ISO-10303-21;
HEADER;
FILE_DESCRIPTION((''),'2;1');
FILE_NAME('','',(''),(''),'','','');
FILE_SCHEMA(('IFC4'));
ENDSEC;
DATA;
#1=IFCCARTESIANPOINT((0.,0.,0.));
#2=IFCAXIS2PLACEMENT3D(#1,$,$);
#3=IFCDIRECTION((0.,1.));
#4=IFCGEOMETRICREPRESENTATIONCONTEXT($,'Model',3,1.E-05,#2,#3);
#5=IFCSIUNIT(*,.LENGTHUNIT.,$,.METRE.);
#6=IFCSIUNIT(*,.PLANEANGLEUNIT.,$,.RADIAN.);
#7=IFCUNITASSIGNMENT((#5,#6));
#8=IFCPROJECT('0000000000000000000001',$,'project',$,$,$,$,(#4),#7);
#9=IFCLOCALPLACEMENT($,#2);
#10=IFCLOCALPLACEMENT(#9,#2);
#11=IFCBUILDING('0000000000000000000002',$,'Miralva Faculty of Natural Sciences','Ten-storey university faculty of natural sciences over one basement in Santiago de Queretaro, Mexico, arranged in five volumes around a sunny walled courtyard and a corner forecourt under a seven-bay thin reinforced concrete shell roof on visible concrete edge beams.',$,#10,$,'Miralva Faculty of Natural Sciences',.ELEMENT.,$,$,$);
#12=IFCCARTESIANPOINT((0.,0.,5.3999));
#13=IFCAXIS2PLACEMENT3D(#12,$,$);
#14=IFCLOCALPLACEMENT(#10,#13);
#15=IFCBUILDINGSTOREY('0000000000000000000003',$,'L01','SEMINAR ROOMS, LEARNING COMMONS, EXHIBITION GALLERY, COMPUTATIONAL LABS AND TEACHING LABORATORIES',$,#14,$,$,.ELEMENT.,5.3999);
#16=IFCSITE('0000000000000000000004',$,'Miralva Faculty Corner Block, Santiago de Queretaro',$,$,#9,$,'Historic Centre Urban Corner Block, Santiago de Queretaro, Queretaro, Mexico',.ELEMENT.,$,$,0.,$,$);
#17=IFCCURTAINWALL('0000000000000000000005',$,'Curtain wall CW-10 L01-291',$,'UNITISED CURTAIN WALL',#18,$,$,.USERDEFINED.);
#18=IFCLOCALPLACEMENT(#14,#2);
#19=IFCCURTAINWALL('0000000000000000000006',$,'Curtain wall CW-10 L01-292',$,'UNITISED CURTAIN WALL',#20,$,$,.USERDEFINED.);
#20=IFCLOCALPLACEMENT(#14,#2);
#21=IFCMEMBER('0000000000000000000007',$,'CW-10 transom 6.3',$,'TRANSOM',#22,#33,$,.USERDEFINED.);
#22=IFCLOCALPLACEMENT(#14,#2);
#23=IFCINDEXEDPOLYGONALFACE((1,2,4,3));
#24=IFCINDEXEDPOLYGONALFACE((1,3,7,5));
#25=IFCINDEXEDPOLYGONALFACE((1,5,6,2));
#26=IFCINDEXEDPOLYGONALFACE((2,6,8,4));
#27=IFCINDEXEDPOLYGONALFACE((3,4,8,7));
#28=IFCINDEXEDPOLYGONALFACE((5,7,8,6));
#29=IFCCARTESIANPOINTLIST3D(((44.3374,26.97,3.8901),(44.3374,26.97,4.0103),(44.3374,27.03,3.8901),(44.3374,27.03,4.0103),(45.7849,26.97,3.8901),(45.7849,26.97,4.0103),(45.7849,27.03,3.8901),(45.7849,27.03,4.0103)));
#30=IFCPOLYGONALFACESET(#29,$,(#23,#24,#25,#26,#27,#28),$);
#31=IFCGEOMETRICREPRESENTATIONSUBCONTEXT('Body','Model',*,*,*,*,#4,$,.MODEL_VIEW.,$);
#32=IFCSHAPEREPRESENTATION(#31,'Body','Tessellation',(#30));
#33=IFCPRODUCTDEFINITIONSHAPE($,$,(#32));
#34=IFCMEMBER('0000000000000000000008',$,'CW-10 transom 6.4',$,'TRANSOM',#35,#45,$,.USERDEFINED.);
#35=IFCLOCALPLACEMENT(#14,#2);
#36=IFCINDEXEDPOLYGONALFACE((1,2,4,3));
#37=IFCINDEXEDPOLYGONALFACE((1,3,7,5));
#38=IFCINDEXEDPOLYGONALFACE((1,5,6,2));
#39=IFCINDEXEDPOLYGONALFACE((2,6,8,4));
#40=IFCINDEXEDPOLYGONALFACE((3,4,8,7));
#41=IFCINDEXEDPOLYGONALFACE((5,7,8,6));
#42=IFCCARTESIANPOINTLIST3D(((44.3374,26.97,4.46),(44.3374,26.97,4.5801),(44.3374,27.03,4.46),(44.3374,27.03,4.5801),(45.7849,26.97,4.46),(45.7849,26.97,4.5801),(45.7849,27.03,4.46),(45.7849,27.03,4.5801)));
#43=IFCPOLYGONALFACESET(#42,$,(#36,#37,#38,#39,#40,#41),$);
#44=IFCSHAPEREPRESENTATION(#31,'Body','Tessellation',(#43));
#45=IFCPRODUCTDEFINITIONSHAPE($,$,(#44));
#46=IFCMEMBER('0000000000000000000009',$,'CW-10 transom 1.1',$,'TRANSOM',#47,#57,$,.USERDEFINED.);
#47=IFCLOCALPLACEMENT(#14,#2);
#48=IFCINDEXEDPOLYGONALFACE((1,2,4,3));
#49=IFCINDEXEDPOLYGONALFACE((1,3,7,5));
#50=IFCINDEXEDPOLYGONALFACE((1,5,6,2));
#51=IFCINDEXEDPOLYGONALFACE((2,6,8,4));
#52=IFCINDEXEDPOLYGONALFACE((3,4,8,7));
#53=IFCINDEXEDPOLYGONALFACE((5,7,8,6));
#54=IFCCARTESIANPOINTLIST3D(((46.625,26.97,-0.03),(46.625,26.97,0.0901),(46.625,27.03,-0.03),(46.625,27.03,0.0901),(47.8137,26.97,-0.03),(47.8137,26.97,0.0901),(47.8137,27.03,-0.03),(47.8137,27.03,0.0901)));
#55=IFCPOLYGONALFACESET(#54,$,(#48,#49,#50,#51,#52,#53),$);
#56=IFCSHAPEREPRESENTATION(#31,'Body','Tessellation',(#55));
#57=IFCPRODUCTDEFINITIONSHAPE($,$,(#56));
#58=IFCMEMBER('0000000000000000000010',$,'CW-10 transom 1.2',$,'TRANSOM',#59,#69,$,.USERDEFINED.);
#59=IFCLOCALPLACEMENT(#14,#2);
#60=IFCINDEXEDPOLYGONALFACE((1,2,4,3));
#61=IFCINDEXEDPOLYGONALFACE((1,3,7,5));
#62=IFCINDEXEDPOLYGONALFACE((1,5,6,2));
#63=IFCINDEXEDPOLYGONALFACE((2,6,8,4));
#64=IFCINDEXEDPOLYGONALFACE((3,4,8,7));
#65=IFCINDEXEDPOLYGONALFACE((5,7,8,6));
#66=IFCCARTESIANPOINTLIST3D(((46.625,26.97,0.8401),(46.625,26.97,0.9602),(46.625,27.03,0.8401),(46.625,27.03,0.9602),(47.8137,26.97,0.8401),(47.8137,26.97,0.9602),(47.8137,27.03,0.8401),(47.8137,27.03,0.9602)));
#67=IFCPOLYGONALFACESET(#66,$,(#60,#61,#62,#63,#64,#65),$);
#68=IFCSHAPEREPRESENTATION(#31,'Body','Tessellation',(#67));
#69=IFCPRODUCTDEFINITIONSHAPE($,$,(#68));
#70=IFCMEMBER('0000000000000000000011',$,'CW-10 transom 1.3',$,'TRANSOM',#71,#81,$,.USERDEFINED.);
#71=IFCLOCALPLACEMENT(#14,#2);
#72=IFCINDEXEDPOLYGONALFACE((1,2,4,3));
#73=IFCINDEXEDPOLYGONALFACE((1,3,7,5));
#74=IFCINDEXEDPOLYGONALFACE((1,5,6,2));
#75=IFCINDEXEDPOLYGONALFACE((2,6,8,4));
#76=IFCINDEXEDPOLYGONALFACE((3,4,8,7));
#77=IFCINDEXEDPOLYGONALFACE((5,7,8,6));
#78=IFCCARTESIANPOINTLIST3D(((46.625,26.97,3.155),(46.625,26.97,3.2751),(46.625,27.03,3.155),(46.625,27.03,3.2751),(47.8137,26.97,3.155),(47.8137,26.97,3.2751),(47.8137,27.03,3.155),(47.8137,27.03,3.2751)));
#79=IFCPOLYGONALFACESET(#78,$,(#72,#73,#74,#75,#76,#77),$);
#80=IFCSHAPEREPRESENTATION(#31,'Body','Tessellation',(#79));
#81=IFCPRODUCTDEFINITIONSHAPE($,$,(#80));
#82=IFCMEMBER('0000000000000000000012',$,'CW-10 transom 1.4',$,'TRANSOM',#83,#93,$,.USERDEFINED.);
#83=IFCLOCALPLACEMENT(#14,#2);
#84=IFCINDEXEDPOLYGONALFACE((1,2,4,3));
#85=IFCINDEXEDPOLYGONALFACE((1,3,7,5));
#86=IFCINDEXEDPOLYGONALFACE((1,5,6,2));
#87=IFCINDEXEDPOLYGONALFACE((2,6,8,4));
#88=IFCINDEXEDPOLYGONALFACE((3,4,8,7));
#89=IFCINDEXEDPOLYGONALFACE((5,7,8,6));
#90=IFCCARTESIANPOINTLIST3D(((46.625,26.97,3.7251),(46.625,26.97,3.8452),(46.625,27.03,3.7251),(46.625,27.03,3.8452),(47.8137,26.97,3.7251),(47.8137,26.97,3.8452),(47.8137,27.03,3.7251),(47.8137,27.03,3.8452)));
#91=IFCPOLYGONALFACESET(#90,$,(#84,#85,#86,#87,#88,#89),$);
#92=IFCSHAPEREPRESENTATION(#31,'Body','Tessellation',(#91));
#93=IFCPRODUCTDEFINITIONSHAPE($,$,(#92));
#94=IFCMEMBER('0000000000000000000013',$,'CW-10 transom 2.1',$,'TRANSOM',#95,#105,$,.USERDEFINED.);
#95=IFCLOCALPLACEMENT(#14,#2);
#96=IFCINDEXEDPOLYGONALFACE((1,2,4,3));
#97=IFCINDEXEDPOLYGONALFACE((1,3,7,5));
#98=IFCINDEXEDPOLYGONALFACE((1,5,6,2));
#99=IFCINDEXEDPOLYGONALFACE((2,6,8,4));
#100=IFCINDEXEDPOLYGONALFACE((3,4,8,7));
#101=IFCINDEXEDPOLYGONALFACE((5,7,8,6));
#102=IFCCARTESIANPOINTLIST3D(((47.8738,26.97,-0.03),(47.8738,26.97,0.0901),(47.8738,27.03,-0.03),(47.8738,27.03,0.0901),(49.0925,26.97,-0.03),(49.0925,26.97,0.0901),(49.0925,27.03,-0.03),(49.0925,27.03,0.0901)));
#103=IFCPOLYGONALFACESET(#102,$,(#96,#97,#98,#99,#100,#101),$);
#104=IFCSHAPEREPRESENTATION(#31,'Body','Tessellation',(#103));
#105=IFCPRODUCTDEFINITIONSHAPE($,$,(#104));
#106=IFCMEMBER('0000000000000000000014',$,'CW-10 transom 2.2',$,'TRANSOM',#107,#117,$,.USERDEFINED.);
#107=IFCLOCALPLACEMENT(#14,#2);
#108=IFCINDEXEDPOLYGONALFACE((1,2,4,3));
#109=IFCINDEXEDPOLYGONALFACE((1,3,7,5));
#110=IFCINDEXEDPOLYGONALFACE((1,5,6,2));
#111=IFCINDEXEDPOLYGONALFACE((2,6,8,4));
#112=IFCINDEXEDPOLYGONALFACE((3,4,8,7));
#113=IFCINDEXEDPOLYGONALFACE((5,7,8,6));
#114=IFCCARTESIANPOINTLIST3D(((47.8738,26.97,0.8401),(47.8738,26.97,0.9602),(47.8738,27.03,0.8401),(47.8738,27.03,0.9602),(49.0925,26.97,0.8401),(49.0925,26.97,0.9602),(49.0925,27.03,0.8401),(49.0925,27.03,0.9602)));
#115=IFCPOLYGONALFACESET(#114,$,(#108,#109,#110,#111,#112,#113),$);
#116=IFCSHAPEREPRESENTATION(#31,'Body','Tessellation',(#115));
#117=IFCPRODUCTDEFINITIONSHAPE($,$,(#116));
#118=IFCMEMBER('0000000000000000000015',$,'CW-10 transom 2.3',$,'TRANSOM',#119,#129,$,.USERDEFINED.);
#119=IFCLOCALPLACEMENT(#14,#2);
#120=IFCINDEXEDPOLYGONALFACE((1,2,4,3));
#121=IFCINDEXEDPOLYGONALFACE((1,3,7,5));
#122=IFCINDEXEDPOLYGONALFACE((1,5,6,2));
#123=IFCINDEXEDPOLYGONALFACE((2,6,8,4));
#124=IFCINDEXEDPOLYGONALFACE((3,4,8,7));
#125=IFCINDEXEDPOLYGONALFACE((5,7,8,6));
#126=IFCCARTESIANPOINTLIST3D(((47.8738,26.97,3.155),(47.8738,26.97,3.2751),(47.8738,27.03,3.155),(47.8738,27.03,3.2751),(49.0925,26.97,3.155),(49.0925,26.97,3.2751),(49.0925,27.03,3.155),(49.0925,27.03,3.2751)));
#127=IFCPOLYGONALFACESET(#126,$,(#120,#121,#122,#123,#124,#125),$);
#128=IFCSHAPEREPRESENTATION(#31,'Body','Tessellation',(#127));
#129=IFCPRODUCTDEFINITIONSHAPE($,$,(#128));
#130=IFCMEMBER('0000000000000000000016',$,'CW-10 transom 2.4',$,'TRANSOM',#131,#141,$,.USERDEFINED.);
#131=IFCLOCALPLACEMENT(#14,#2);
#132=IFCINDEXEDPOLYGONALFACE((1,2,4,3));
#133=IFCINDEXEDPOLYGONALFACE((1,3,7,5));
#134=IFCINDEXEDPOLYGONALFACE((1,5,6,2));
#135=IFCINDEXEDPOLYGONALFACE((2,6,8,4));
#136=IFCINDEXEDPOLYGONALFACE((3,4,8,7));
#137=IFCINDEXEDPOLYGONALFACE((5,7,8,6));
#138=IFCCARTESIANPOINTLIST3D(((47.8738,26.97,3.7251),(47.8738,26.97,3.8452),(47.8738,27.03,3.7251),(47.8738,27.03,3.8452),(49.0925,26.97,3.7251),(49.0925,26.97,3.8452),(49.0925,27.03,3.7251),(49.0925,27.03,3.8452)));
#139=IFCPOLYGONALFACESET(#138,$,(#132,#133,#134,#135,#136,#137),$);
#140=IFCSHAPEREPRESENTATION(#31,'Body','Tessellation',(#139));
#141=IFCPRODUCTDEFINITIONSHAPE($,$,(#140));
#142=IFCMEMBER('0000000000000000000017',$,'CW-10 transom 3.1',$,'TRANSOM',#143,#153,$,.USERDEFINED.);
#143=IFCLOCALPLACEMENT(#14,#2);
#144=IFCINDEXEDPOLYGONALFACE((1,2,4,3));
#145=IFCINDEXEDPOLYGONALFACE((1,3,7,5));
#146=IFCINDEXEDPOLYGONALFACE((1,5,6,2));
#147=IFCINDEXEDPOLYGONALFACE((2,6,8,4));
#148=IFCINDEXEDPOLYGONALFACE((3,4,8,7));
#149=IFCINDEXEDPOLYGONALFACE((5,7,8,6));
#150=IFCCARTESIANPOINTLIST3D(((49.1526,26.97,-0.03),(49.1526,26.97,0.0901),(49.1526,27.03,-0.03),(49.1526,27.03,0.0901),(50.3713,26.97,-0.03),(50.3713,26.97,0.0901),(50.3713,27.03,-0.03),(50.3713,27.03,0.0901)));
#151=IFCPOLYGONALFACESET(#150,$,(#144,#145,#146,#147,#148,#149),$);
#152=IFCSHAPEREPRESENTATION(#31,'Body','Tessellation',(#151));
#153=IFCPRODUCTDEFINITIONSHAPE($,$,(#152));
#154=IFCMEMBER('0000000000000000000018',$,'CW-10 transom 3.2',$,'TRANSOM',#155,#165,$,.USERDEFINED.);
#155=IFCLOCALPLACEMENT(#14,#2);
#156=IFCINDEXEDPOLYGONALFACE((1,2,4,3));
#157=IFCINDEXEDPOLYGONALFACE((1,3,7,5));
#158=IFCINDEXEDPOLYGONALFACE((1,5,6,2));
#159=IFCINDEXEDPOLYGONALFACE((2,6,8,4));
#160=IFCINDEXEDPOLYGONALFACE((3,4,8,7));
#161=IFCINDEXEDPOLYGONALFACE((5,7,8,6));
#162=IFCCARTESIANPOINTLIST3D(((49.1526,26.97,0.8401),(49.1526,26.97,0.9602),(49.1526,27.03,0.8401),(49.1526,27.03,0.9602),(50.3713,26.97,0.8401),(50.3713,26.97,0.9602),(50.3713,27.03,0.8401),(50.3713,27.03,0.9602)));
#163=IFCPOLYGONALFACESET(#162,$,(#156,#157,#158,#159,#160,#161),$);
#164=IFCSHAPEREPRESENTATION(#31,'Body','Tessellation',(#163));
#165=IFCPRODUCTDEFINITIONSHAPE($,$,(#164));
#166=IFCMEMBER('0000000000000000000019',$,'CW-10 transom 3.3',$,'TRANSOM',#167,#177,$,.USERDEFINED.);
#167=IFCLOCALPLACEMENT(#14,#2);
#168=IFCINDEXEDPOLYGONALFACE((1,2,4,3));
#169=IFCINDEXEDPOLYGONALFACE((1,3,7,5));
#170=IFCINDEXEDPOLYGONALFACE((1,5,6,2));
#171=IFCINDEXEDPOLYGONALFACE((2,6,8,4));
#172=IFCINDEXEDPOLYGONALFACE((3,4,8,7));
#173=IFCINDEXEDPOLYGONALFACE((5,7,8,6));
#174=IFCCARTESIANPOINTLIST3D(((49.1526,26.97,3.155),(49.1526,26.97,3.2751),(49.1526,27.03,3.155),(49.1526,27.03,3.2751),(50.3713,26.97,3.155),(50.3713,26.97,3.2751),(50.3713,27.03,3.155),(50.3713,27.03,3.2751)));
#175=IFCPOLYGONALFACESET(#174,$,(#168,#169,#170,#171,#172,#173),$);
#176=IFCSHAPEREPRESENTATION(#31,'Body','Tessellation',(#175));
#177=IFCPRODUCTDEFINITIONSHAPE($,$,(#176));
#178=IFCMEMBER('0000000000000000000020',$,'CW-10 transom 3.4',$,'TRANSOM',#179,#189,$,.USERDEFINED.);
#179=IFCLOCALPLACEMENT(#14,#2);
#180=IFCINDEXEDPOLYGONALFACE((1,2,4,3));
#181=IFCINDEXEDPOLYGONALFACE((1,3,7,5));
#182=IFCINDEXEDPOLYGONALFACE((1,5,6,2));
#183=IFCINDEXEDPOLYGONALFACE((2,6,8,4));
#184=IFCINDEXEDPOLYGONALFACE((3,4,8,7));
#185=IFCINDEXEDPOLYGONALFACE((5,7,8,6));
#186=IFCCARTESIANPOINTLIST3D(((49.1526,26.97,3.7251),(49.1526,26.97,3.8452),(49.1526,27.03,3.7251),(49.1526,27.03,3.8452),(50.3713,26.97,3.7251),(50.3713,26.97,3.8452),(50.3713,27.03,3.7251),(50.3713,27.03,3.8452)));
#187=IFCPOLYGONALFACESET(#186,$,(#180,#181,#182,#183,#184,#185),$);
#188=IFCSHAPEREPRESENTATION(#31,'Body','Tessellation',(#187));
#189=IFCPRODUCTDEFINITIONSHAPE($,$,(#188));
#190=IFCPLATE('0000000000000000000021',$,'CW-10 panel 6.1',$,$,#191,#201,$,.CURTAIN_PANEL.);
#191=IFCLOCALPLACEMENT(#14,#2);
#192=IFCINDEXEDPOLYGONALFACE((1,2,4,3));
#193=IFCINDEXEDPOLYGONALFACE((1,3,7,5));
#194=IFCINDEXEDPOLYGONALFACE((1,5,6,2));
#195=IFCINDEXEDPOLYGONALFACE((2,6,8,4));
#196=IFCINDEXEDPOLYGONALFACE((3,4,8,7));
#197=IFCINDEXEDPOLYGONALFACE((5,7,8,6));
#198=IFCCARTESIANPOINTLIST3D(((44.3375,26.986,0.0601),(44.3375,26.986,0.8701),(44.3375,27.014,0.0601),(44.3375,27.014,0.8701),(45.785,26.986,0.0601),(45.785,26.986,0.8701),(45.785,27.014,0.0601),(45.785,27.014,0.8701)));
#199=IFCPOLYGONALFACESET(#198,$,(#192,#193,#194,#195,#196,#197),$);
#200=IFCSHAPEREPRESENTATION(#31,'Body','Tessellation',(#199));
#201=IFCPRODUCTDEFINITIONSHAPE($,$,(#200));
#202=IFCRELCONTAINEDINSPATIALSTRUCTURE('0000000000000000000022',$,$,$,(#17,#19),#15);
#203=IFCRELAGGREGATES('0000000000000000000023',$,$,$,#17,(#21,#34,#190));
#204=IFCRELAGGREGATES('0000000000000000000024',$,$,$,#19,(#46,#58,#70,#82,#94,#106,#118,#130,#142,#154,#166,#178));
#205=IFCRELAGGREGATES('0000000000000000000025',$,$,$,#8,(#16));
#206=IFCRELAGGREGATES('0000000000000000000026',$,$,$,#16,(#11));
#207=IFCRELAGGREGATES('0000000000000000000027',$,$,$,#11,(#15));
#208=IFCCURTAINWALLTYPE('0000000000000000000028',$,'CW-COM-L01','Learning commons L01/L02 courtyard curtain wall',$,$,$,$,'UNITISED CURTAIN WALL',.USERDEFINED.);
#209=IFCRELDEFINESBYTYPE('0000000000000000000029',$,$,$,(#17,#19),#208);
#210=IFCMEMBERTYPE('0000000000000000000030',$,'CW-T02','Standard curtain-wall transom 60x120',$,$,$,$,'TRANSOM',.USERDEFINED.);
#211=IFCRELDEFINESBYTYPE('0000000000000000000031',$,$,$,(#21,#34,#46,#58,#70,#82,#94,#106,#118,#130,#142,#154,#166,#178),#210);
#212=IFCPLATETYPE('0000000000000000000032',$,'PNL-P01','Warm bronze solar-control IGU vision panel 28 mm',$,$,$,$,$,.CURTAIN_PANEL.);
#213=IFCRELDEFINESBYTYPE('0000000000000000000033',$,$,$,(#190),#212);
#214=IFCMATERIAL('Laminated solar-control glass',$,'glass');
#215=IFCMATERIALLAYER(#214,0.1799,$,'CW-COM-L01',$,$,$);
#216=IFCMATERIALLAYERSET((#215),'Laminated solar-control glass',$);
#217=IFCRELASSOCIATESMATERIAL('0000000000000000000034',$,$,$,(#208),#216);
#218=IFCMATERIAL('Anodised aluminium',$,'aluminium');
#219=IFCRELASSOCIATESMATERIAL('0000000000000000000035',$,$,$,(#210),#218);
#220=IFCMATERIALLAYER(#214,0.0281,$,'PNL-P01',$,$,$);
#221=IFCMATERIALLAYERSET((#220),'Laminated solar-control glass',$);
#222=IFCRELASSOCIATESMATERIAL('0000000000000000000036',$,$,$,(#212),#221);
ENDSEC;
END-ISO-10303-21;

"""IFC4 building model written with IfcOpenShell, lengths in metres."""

from ifc_helpers import new_model, si_unit, direction, frame, origin, origin_2d, place, context, subcontext, project, spatial, rectangle, extrude, material, layer, layer_set, material_profile, profile_set, type_object, element, aggregate, save


model = new_model("IFC4")

# Units and contexts
model_context = context("Model", 3, precision=1e-05, world=origin(), true_north=direction((0.0, 1.0)))
body_context = subcontext(model_context, "Body", "Model", "MODEL_VIEW")
ifc_project = project(units=[si_unit("LENGTHUNIT", "METRE"), si_unit("PLANEANGLEUNIT", "RADIAN")], contexts=[model_context])

# Site, building, storey
site_placement = place(None, origin())
site = spatial("IfcSite", under=ifc_project, at=site_placement, Name="Miralva Faculty Corner Block, Santiago de Queretaro", LongName="Historic Centre Urban Corner Block, Santiago de Queretaro, Queretaro, Mexico", CompositionType="ELEMENT", RefElevation=0.0)
building_placement = place(site_placement, origin())
building = spatial("IfcBuilding", under=site, at=building_placement, Name="Miralva Faculty of Natural Sciences", Description="Ten-storey university faculty of natural sciences over one basement in Santiago de Queretaro, Mexico, arranged in five volumes around a sunny walled courtyard and a corner forecourt under a seven-bay thin reinforced concrete shell roof on visible concrete edge beams.", LongName="Miralva Faculty of Natural Sciences", CompositionType="ELEMENT")
storey_placement = place(building_placement, frame((0.0, 0.0, 5.3999)))
storey = spatial("IfcBuildingStorey", under=building, at=storey_placement, Name="L01", Description="SEMINAR ROOMS, LEARNING COMMONS, EXHIBITION GALLERY, COMPUTATIONAL LABS AND TEACHING LABORATORIES", CompositionType="ELEMENT", Elevation=5.3999)

# Curtain wall
ifc_material_1 = material(Name="Laminated solar-control glass", Category="glass")
ifc_layer_1 = layer(ifc_material_1, 0.1799, Name="CW-COM-L01")
ifc_layer_set_1 = layer_set([ifc_layer_1], Name="Laminated solar-control glass")
curtain_wall_type = type_object("IfcCurtainWallType", Name="CW-COM-L01", Description="Learning commons L01/L02 courtyard curtain wall", ElementType="UNITISED CURTAIN WALL", PredefinedType="USERDEFINED", material=ifc_layer_set_1)
curtain_wall_1_placement = place(storey_placement, origin())
curtain_wall_1 = element("IfcCurtainWall", 1, at=curtain_wall_1_placement, inside=storey, type_object=curtain_wall_type, Name="Curtain wall CW-10 L01-291", ObjectType="UNITISED CURTAIN WALL", PredefinedType="USERDEFINED")
ifc_material_2 = material(Name="Anodised aluminium", Category="aluminium")

# Curtain wall
curtain_wall_2_placement = place(storey_placement, origin())
curtain_wall_2 = element("IfcCurtainWall", 2, at=curtain_wall_2_placement, inside=storey, type_object=curtain_wall_type, Name="Curtain wall CW-10 L01-292", ObjectType="UNITISED CURTAIN WALL", PredefinedType="USERDEFINED")

# Shared definitions
ifc_material_profile_1 = material_profile(ifc_material_2, rectangle(XDim=0.0601, YDim=0.1201, at=origin_2d()), Name="TRANSOM 60x120")
ifc_profile_set_1 = profile_set([ifc_material_profile_1], Name="Anodised aluminium")
member_type_1 = type_object("IfcMemberType", Name="CW-T02", Description="Standard curtain-wall transom 60x120", ElementType="TRANSOM", PredefinedType="USERDEFINED", material=ifc_profile_set_1)

# Members
member_1_placement = place(storey_placement, frame((44.3374, 27.0, 3.9502), z_axis=(1.0, 0.0, 0.0), x_axis=(0.0, 1.0, 0.0)))
member_1 = element("IfcMember", 3, at=member_1_placement, type_object=member_type_1, Name="CW-10 transom 6.3", ObjectType="TRANSOM", PredefinedType="USERDEFINED", context=body_context, shape_type="SweptSolid", body=[
    extrude(rectangle(XDim=0.0601, YDim=0.1201, at=origin_2d()), origin(), (0.0, 0.0, 1.0), 1.4475),
])
member_2_placement = place(storey_placement, frame((44.3374, 27.0, 4.52), z_axis=(1.0, 0.0, 0.0), x_axis=(0.0, 1.0, 0.0)))
member_2 = element("IfcMember", 4, at=member_2_placement, type_object=member_type_1, Name="CW-10 transom 6.4", ObjectType="TRANSOM", PredefinedType="USERDEFINED", context=body_context, shape_type="SweptSolid", body=[
    extrude(rectangle(XDim=0.0601, YDim=0.1201, at=origin_2d()), origin(), (0.0, 0.0, 1.0), 1.4475),
])
member_3_placement = place(storey_placement, frame((46.625, 27.0, 0.03), z_axis=(1.0, 0.0, 0.0), x_axis=(0.0, 1.0, 0.0)))
member_3 = element("IfcMember", 5, at=member_3_placement, type_object=member_type_1, Name="CW-10 transom 1.1", ObjectType="TRANSOM", PredefinedType="USERDEFINED", context=body_context, shape_type="SweptSolid", body=[
    extrude(rectangle(XDim=0.0601, YDim=0.1201, at=origin_2d()), origin(), (0.0, 0.0, 1.0), 1.1887),
])
member_4_placement = place(storey_placement, frame((46.625, 27.0, 0.9001), z_axis=(1.0, 0.0, 0.0), x_axis=(0.0, 1.0, 0.0)))
member_4 = element("IfcMember", 6, at=member_4_placement, type_object=member_type_1, Name="CW-10 transom 1.2", ObjectType="TRANSOM", PredefinedType="USERDEFINED", context=body_context, shape_type="SweptSolid", body=[
    extrude(rectangle(XDim=0.0601, YDim=0.1201, at=origin_2d()), origin(), (0.0, 0.0, 1.0), 1.1887),
])
member_5_placement = place(storey_placement, frame((46.625, 27.0, 3.2151), z_axis=(1.0, 0.0, 0.0), x_axis=(0.0, 1.0, 0.0)))
member_5 = element("IfcMember", 7, at=member_5_placement, type_object=member_type_1, Name="CW-10 transom 1.3", ObjectType="TRANSOM", PredefinedType="USERDEFINED", context=body_context, shape_type="SweptSolid", body=[
    extrude(rectangle(XDim=0.0601, YDim=0.1201, at=origin_2d()), origin(), (0.0, 0.0, 1.0), 1.1887),
])
member_6_placement = place(storey_placement, frame((46.625, 27.0, 3.7852), z_axis=(1.0, 0.0, 0.0), x_axis=(0.0, 1.0, 0.0)))
member_6 = element("IfcMember", 8, at=member_6_placement, type_object=member_type_1, Name="CW-10 transom 1.4", ObjectType="TRANSOM", PredefinedType="USERDEFINED", context=body_context, shape_type="SweptSolid", body=[
    extrude(rectangle(XDim=0.0601, YDim=0.1201, at=origin_2d()), origin(), (0.0, 0.0, 1.0), 1.1887),
])
member_7_placement = place(storey_placement, frame((47.8738, 27.0, 0.03), z_axis=(1.0, 0.0, 0.0), x_axis=(0.0, 1.0, 0.0)))
member_7 = element("IfcMember", 9, at=member_7_placement, type_object=member_type_1, Name="CW-10 transom 2.1", ObjectType="TRANSOM", PredefinedType="USERDEFINED", context=body_context, shape_type="SweptSolid", body=[
    extrude(rectangle(XDim=0.0601, YDim=0.1201, at=origin_2d()), origin(), (0.0, 0.0, 1.0), 1.2188),
])
member_8_placement = place(storey_placement, frame((47.8738, 27.0, 0.9001), z_axis=(1.0, 0.0, 0.0), x_axis=(0.0, 1.0, 0.0)))
member_8 = element("IfcMember", 10, at=member_8_placement, type_object=member_type_1, Name="CW-10 transom 2.2", ObjectType="TRANSOM", PredefinedType="USERDEFINED", context=body_context, shape_type="SweptSolid", body=[
    extrude(rectangle(XDim=0.0601, YDim=0.1201, at=origin_2d()), origin(), (0.0, 0.0, 1.0), 1.2188),
])
member_9_placement = place(storey_placement, frame((47.8738, 27.0, 3.2151), z_axis=(1.0, 0.0, 0.0), x_axis=(0.0, 1.0, 0.0)))
member_9 = element("IfcMember", 11, at=member_9_placement, type_object=member_type_1, Name="CW-10 transom 2.3", ObjectType="TRANSOM", PredefinedType="USERDEFINED", context=body_context, shape_type="SweptSolid", body=[
    extrude(rectangle(XDim=0.0601, YDim=0.1201, at=origin_2d()), origin(), (0.0, 0.0, 1.0), 1.2188),
])
member_10_placement = place(storey_placement, frame((47.8738, 27.0, 3.7852), z_axis=(1.0, 0.0, 0.0), x_axis=(0.0, 1.0, 0.0)))
member_10 = element("IfcMember", 12, at=member_10_placement, type_object=member_type_1, Name="CW-10 transom 2.4", ObjectType="TRANSOM", PredefinedType="USERDEFINED", context=body_context, shape_type="SweptSolid", body=[
    extrude(rectangle(XDim=0.0601, YDim=0.1201, at=origin_2d()), origin(), (0.0, 0.0, 1.0), 1.2188),
])
member_11_placement = place(storey_placement, frame((49.1526, 27.0, 0.03), z_axis=(1.0, 0.0, 0.0), x_axis=(0.0, 1.0, 0.0)))
member_11 = element("IfcMember", 13, at=member_11_placement, type_object=member_type_1, Name="CW-10 transom 3.1", ObjectType="TRANSOM", PredefinedType="USERDEFINED", context=body_context, shape_type="SweptSolid", body=[
    extrude(rectangle(XDim=0.0601, YDim=0.1201, at=origin_2d()), origin(), (0.0, 0.0, 1.0), 1.2188),
])
member_12_placement = place(storey_placement, frame((49.1526, 27.0, 0.9001), z_axis=(1.0, 0.0, 0.0), x_axis=(0.0, 1.0, 0.0)))
member_12 = element("IfcMember", 14, at=member_12_placement, type_object=member_type_1, Name="CW-10 transom 3.2", ObjectType="TRANSOM", PredefinedType="USERDEFINED", context=body_context, shape_type="SweptSolid", body=[
    extrude(rectangle(XDim=0.0601, YDim=0.1201, at=origin_2d()), origin(), (0.0, 0.0, 1.0), 1.2188),
])
member_13_placement = place(storey_placement, frame((49.1526, 27.0, 3.2151), z_axis=(1.0, 0.0, 0.0), x_axis=(0.0, 1.0, 0.0)))
member_13 = element("IfcMember", 15, at=member_13_placement, type_object=member_type_1, Name="CW-10 transom 3.3", ObjectType="TRANSOM", PredefinedType="USERDEFINED", context=body_context, shape_type="SweptSolid", body=[
    extrude(rectangle(XDim=0.0601, YDim=0.1201, at=origin_2d()), origin(), (0.0, 0.0, 1.0), 1.2188),
])
member_14_placement = place(storey_placement, frame((49.1526, 27.0, 3.7852), z_axis=(1.0, 0.0, 0.0), x_axis=(0.0, 1.0, 0.0)))
member_14 = element("IfcMember", 16, at=member_14_placement, type_object=member_type_1, Name="CW-10 transom 3.4", ObjectType="TRANSOM", PredefinedType="USERDEFINED", context=body_context, shape_type="SweptSolid", body=[
    extrude(rectangle(XDim=0.0601, YDim=0.1201, at=origin_2d()), origin(), (0.0, 0.0, 1.0), 1.2188),
])

# Plate
ifc_layer_2 = layer(ifc_material_1, 0.0281, Name="PNL-P01")
ifc_layer_set_2 = layer_set([ifc_layer_2], Name="Laminated solar-control glass")
plate_type = type_object("IfcPlateType", Name="PNL-P01", Description="Warm bronze solar-control IGU vision panel 28 mm", PredefinedType="CURTAIN_PANEL", material=ifc_layer_set_2)
plate_1_placement = place(storey_placement, frame((45.0613, 27.0, 0.0601), z_axis=(0.0, 0.0, 1.0), x_axis=(1.0, 0.0, 0.0)))
plate_1 = element("IfcPlate", 17, at=plate_1_placement, type_object=plate_type, Name="CW-10 panel 6.1", PredefinedType="CURTAIN_PANEL", context=body_context, shape_type="SweptSolid", body=[
    extrude(rectangle(XDim=1.4475, YDim=0.0281, at=origin_2d()), origin(), (0.0, 0.0, 1.0), 0.8101),
])
aggregate(curtain_wall_1, [member_1, member_2, plate_1])
aggregate(curtain_wall_2, [member_3, member_4, member_5, member_6, member_7, member_8, member_9, member_10, member_11, member_12, member_13, member_14])

save(model, "model.ifc")
